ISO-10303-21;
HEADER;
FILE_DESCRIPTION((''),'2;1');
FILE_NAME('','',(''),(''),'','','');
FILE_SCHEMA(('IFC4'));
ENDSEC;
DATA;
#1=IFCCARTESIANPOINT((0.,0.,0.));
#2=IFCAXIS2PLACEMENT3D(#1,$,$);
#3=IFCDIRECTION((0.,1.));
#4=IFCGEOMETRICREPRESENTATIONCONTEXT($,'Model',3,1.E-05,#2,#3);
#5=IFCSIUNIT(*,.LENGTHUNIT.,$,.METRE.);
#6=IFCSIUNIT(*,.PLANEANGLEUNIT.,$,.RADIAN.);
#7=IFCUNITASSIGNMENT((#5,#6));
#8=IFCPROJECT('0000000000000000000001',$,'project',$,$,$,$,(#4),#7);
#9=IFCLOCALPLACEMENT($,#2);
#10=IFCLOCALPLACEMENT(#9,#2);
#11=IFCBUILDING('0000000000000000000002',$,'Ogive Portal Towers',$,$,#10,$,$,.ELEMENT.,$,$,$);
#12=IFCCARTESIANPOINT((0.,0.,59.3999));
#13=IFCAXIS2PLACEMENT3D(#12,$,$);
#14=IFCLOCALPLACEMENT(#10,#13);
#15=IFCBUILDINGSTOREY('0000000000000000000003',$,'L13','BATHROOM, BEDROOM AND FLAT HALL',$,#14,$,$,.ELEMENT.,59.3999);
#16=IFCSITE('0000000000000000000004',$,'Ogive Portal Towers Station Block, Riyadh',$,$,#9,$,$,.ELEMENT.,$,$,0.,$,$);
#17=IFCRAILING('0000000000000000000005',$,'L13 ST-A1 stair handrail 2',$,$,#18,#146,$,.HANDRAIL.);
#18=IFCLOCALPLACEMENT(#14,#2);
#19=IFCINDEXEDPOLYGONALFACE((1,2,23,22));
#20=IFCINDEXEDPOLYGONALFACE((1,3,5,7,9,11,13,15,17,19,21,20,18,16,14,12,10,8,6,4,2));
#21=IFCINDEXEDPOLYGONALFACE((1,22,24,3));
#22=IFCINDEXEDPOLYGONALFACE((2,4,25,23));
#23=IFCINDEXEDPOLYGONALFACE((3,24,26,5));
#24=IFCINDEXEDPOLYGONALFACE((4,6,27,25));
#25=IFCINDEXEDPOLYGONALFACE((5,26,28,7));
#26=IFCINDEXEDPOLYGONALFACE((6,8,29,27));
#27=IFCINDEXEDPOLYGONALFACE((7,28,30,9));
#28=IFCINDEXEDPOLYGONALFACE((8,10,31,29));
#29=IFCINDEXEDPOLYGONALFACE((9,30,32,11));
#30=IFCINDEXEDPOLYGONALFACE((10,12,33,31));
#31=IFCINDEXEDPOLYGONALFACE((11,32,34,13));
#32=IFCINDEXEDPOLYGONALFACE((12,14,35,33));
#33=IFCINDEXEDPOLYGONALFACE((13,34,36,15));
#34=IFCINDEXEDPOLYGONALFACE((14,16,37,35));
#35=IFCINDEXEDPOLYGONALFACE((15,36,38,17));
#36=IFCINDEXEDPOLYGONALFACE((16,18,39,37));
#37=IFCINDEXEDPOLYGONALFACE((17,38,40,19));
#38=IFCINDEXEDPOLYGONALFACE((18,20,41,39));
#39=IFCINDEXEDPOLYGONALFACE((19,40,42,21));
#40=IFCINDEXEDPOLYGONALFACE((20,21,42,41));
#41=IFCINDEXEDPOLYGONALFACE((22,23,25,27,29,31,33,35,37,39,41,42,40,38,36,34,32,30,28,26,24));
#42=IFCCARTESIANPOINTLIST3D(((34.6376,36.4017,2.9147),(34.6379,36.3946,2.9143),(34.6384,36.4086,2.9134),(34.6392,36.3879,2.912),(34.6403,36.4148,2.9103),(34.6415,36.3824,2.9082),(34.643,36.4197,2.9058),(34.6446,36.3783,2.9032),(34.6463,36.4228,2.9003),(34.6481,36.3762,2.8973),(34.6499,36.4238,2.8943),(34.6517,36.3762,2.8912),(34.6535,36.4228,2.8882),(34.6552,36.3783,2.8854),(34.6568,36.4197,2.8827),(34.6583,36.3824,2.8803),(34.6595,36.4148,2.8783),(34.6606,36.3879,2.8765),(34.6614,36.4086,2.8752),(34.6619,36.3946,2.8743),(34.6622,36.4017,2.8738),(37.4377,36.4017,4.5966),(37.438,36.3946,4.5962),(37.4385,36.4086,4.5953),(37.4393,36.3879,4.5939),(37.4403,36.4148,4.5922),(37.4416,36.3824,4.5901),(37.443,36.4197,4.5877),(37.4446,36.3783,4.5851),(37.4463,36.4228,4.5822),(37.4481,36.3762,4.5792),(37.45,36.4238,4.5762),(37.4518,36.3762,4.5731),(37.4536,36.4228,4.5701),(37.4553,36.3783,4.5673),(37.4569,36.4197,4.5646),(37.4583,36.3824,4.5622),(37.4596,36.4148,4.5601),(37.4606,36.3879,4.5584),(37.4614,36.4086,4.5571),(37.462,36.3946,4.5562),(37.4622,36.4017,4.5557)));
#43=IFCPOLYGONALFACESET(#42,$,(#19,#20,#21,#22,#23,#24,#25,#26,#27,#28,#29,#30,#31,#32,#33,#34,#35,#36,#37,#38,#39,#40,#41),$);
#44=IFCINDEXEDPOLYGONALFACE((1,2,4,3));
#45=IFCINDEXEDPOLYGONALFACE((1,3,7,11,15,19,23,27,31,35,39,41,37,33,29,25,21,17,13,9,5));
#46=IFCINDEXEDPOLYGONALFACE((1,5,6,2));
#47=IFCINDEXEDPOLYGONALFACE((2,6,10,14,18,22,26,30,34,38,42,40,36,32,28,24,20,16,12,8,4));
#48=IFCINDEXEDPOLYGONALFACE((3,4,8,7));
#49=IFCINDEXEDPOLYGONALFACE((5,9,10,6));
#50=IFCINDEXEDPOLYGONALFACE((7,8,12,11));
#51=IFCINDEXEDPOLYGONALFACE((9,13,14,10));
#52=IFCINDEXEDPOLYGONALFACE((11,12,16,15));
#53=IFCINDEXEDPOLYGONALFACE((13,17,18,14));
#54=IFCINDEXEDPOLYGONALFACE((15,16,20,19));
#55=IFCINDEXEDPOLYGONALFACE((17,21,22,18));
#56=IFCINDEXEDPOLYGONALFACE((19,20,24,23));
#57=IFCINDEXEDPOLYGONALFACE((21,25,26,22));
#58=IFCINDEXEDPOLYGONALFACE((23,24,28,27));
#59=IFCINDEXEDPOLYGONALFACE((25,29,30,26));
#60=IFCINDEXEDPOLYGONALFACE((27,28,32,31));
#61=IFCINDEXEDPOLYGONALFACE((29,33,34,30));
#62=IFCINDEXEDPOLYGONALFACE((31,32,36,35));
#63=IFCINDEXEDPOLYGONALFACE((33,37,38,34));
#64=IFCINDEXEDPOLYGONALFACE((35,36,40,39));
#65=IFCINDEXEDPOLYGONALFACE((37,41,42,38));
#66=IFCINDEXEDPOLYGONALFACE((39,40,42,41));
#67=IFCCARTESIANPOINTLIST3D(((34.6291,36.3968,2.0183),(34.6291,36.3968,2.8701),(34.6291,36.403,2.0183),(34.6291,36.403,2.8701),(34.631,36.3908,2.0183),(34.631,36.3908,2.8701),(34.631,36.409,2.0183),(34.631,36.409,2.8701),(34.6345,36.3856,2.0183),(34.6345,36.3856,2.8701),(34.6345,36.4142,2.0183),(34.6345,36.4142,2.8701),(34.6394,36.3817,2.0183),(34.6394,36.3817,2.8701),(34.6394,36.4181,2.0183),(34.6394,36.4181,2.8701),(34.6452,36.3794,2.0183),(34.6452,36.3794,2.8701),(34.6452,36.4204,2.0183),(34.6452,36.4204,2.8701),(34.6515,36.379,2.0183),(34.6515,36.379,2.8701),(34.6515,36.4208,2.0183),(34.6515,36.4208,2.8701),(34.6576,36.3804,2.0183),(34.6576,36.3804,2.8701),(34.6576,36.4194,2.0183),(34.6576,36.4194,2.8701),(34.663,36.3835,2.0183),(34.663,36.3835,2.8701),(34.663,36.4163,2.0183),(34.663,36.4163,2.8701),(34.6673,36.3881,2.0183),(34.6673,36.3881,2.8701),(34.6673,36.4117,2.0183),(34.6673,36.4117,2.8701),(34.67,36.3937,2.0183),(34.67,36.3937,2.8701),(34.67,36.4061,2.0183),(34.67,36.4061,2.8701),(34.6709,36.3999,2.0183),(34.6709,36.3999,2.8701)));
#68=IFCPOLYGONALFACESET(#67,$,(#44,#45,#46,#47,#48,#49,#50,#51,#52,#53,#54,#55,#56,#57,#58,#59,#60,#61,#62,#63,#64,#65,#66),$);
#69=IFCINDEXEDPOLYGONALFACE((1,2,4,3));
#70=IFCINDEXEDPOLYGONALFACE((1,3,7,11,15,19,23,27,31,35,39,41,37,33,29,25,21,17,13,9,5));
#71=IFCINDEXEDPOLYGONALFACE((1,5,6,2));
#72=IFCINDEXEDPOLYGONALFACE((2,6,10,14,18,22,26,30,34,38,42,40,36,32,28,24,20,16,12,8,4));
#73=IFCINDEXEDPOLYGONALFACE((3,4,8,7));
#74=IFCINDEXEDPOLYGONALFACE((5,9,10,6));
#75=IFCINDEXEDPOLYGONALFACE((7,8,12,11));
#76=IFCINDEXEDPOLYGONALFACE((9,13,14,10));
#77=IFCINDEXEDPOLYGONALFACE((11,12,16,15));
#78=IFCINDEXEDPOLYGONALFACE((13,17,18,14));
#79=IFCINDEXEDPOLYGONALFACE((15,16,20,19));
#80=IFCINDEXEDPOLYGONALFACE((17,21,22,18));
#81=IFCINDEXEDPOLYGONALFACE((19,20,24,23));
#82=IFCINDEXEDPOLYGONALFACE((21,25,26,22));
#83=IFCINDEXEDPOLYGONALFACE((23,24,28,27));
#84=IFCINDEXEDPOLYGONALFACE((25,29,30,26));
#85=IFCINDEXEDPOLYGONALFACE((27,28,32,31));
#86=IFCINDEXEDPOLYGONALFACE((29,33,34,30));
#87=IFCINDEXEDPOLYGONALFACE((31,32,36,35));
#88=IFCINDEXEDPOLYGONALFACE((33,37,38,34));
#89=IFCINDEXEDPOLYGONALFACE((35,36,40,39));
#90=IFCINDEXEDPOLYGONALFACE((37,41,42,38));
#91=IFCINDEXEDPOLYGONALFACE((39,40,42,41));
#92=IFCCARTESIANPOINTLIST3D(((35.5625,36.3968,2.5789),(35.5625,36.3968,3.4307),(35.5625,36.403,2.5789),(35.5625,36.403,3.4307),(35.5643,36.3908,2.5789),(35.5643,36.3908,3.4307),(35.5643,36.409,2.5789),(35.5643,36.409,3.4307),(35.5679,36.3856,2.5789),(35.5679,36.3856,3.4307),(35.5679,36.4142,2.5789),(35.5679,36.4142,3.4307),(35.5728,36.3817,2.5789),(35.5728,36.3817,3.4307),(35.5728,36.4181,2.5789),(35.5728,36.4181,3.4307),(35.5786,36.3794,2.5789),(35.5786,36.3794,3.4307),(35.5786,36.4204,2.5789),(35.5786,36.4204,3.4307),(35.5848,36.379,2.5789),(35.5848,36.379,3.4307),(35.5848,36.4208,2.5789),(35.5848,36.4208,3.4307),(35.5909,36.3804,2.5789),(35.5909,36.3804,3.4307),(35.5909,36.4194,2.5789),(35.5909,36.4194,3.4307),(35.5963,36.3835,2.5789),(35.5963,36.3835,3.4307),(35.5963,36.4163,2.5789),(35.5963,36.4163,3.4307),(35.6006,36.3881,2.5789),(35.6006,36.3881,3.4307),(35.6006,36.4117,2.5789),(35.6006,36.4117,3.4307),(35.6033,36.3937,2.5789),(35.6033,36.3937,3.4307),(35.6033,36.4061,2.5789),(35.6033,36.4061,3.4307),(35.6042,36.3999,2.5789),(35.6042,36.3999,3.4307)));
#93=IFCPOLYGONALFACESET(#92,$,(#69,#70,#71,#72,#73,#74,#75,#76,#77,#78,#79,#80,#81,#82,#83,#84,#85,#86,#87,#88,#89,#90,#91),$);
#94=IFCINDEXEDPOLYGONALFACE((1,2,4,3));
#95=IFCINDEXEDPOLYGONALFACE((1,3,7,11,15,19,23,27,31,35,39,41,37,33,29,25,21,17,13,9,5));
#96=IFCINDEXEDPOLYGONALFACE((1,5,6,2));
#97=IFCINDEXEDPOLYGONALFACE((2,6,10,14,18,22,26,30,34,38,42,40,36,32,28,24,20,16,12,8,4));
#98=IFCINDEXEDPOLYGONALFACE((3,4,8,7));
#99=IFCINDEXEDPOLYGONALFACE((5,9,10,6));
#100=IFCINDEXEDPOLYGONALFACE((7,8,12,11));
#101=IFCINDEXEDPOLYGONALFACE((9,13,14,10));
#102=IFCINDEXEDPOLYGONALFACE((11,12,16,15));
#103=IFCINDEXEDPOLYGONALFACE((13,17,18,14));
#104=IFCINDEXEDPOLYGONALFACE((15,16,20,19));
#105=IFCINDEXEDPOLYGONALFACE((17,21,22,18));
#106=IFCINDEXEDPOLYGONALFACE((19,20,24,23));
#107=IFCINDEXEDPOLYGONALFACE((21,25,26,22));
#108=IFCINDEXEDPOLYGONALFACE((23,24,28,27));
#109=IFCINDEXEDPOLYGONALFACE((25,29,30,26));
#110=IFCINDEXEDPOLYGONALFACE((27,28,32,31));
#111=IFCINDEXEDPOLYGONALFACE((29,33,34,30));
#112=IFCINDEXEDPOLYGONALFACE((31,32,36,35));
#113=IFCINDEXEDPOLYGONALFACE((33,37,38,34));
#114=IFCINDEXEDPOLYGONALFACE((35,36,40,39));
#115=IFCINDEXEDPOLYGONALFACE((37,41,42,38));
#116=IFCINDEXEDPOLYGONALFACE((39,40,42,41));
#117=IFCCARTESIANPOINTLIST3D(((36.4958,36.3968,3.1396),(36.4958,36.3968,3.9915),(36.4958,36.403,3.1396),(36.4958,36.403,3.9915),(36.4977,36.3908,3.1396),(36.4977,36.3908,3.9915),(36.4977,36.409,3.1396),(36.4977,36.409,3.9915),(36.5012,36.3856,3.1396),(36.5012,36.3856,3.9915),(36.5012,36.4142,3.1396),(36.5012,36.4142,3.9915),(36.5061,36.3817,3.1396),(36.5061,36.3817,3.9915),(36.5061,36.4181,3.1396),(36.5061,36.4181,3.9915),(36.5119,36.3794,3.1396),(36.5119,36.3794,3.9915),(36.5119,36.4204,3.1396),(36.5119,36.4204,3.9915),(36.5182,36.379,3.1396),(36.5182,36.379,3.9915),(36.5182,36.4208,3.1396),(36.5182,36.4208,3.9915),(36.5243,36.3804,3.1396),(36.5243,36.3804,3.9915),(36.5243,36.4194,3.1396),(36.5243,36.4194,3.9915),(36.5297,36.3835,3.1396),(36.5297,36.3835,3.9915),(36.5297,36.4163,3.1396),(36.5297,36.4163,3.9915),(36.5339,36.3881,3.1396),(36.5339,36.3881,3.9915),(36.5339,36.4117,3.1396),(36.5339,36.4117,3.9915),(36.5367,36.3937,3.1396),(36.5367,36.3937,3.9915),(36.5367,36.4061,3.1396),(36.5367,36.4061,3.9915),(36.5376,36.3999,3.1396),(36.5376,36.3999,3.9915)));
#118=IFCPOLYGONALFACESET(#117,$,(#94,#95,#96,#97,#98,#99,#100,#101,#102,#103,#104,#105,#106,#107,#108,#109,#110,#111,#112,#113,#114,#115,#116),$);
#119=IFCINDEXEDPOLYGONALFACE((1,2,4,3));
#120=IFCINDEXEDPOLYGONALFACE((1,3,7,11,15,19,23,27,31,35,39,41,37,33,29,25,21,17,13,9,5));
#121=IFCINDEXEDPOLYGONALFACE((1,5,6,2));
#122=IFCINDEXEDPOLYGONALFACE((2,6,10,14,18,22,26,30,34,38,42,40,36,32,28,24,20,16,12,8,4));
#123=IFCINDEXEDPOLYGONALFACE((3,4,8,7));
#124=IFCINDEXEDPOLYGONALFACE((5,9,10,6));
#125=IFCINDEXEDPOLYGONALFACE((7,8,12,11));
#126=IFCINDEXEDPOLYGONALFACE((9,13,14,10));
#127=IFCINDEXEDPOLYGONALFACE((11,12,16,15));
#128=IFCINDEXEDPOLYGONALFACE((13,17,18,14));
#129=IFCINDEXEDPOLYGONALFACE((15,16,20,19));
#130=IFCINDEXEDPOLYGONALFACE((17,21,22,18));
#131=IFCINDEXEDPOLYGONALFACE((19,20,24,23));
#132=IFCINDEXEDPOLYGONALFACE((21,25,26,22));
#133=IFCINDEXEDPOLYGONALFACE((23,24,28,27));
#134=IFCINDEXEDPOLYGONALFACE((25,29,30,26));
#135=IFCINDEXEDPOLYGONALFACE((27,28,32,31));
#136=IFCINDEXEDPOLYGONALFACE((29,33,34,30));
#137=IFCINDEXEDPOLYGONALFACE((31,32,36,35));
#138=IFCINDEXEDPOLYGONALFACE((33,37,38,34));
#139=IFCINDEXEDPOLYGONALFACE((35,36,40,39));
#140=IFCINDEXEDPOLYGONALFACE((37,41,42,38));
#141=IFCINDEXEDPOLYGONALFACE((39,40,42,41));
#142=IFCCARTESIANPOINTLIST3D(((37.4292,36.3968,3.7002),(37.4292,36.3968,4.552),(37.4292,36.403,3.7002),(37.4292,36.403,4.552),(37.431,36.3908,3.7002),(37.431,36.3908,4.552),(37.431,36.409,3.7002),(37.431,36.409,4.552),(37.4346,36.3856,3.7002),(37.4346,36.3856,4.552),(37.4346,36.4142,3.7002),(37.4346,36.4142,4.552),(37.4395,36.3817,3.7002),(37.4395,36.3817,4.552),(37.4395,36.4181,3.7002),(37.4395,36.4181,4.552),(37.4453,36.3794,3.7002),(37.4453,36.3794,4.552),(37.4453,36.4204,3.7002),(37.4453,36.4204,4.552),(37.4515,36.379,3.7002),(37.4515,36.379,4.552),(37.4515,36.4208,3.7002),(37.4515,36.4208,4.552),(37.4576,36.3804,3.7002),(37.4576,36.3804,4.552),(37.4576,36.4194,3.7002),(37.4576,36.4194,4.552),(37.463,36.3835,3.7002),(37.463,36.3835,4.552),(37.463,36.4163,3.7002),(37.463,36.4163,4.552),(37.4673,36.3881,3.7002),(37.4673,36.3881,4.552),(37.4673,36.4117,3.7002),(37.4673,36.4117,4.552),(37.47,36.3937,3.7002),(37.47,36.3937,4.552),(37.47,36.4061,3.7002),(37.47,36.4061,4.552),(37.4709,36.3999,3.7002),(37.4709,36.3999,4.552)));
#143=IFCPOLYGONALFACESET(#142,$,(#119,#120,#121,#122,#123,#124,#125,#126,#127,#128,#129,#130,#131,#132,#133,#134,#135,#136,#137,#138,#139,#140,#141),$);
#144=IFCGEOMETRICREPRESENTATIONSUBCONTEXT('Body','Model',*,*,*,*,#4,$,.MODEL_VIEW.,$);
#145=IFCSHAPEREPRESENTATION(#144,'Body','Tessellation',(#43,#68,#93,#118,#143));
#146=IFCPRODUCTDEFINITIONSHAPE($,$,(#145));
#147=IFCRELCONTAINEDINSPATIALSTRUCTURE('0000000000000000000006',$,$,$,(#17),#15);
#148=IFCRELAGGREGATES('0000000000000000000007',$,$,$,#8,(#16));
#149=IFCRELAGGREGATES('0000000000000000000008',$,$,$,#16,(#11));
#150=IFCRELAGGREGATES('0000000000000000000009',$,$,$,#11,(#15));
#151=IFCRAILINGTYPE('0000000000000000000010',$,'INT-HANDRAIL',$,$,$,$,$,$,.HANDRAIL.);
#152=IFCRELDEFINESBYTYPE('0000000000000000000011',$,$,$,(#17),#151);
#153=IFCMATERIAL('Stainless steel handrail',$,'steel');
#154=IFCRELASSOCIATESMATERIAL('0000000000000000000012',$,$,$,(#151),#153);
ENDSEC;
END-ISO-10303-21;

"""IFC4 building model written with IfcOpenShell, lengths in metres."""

from ifc_helpers import new_model, si_unit, direction, frame, origin, origin_2d, place, context, subcontext, project, spatial, circle, extrude, material, type_object, element, save


model = new_model("IFC4")

# Units and contexts
model_context = context("Model", 3, precision=1e-05, world=origin(), true_north=direction((0.0, 1.0)))
body_context = subcontext(model_context, "Body", "Model", "MODEL_VIEW")
ifc_project = project(units=[si_unit("LENGTHUNIT", "METRE"), si_unit("PLANEANGLEUNIT", "RADIAN")], contexts=[model_context])

# Site, building, storey
site_placement = place(None, origin())
site = spatial("IfcSite", under=ifc_project, at=site_placement, Name="Ogive Portal Towers Station Block, Riyadh", CompositionType="ELEMENT", RefElevation=0.0)
building_placement = place(site_placement, origin())
building = spatial("IfcBuilding", under=site, at=building_placement, Name="Ogive Portal Towers", CompositionType="ELEMENT")
storey_placement = place(building_placement, frame((0.0, 0.0, 59.3999)))
storey = spatial("IfcBuildingStorey", under=building, at=storey_placement, Name="L13", Description="BATHROOM, BEDROOM AND FLAT HALL", CompositionType="ELEMENT", Elevation=59.3999)

# Railing
ifc_material_1 = material(Name="Stainless steel handrail", Category="steel")
railing_type_1 = type_object("IfcRailingType", Name="INT-HANDRAIL", PredefinedType="HANDRAIL", material=ifc_material_1)
railing_1_placement = place(storey_placement, frame((34.6499, 36.3999, 2.0183)))
element("IfcRailing", 1, at=railing_1_placement, inside=storey, type_object=railing_type_1, Name="L13 ST-A1 stair handrail 2", PredefinedType="HANDRAIL", context=body_context, shape_type="SweptSolid", body=[
    extrude(circle(Radius=0.0239, at=origin_2d()), frame((0.0, 0.0, 0.876), z_axis=(0.857242, 0.0, 0.514913), x_axis=(0.0, 1.0, 0.0)), (0.0, 0.0, 1.0), 3.2664),
    extrude(circle(Radius=0.021, at=origin_2d()), origin(), (0.0, 0.0, 1.0), 0.8518),
    extrude(circle(Radius=0.021, at=origin_2d()), frame((0.9333, 0.0, 0.5605)), (0.0, 0.0, 1.0), 0.8518),
    extrude(circle(Radius=0.021, at=origin_2d()), frame((1.8667, 0.0, 1.1213)), (0.0, 0.0, 1.0), 0.8518),
    extrude(circle(Radius=0.021, at=origin_2d()), frame((2.8, 0.0, 1.6819)), (0.0, 0.0, 1.0), 0.8518),
])

save(model, "model.ifc")
